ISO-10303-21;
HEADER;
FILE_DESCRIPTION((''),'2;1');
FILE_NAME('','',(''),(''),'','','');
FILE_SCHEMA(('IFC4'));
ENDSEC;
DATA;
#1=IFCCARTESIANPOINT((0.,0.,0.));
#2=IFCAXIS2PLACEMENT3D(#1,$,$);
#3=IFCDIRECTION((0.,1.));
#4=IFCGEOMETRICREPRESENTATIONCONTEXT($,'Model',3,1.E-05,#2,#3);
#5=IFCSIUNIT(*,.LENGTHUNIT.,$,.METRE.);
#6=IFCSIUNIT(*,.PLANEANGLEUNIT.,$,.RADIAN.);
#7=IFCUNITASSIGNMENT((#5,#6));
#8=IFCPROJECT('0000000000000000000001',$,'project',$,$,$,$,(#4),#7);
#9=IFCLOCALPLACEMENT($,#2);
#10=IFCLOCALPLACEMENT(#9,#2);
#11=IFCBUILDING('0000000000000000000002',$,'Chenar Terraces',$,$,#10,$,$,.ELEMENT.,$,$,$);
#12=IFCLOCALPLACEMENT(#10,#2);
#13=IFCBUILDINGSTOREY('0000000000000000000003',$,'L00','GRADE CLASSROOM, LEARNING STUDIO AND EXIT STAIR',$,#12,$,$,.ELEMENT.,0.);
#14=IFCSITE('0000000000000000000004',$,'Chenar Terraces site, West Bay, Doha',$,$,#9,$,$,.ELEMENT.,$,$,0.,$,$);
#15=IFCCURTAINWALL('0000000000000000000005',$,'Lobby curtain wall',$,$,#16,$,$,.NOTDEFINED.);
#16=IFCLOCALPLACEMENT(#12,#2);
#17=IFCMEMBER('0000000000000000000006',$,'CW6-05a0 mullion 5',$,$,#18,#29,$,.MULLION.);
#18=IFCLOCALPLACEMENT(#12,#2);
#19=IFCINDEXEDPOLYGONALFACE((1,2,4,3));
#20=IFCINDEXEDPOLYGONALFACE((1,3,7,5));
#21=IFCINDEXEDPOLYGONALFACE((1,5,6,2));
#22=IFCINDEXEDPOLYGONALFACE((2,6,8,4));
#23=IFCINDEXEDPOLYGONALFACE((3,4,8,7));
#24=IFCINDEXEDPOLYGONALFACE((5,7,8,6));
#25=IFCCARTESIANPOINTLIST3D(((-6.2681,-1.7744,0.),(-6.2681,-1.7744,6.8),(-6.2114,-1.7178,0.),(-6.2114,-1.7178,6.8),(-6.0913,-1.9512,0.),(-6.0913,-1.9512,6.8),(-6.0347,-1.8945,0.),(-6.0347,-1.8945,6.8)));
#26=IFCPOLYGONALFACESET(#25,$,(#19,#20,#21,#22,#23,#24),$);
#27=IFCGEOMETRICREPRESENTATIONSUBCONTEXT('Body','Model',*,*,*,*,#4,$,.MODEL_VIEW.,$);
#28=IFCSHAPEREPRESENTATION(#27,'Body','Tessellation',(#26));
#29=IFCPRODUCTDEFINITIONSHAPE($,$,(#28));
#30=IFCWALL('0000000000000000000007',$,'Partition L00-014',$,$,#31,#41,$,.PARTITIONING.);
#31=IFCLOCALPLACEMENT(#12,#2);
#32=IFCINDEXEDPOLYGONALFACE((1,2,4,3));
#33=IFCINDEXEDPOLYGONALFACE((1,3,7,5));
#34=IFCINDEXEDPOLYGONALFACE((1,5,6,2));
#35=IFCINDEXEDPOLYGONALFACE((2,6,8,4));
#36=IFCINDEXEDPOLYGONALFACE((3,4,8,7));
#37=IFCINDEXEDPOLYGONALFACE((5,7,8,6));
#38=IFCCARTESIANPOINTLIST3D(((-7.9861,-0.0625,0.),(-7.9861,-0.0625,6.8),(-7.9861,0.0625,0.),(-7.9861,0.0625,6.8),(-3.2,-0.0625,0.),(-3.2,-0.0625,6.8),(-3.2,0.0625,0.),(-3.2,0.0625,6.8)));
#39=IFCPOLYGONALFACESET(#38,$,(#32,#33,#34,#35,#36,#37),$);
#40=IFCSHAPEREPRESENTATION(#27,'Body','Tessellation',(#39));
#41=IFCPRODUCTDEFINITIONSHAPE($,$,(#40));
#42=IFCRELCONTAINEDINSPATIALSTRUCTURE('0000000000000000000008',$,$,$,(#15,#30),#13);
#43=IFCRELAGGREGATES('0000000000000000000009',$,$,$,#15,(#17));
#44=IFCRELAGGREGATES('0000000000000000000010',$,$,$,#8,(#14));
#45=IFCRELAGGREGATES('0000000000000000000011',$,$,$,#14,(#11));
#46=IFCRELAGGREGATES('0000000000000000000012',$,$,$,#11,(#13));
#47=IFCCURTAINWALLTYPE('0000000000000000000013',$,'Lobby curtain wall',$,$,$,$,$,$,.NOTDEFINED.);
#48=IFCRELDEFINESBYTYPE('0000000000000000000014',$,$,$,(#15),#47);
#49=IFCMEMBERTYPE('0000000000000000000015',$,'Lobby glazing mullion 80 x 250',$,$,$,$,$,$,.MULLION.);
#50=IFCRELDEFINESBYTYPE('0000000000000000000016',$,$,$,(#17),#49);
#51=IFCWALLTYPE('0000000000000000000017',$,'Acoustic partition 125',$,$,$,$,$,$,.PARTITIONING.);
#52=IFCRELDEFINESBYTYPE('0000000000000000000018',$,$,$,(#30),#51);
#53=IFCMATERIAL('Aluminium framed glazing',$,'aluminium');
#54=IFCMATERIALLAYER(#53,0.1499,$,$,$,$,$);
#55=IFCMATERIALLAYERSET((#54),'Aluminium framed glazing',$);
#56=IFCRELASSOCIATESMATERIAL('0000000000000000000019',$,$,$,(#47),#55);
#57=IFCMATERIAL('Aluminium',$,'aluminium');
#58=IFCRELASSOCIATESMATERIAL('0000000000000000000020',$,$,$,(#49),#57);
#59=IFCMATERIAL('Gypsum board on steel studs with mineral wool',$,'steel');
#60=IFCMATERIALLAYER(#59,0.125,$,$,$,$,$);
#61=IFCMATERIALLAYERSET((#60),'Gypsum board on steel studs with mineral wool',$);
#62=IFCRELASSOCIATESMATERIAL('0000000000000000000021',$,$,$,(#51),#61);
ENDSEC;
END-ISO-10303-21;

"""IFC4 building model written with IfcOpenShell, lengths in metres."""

from ifc_helpers import new_model, si_unit, direction, frame, frame_2d, origin, origin_2d, place, context, subcontext, project, spatial, rectangle, extrude, material, layer, layer_set, material_profile, profile_set, type_object, element, aggregate, save


model = new_model("IFC4")

# Units and contexts
model_context = context("Model", 3, precision=1e-05, world=origin(), true_north=direction((0.0, 1.0)))
body_context = subcontext(model_context, "Body", "Model", "MODEL_VIEW")
ifc_project = project(units=[si_unit("LENGTHUNIT", "METRE"), si_unit("PLANEANGLEUNIT", "RADIAN")], contexts=[model_context])

# Site, building, storey
site_placement = place(None, origin())
site = spatial("IfcSite", under=ifc_project, at=site_placement, Name="Chenar Terraces site, West Bay, Doha", CompositionType="ELEMENT", RefElevation=0.0)
building_placement = place(site_placement, origin())
building = spatial("IfcBuilding", under=site, at=building_placement, Name="Chenar Terraces", CompositionType="ELEMENT")
storey_placement = place(building_placement, origin())
storey = spatial("IfcBuildingStorey", under=building, at=storey_placement, Name="L00", Description="GRADE CLASSROOM, LEARNING STUDIO AND EXIT STAIR", CompositionType="ELEMENT", Elevation=0.0)

# Curtain wall, member
ifc_material_1 = material(Name="Aluminium framed glazing", Category="aluminium")
ifc_layer_1 = layer(ifc_material_1, 0.1499)
ifc_layer_set_1 = layer_set([ifc_layer_1], Name="Aluminium framed glazing")
curtain_wall_type = type_object("IfcCurtainWallType", Name="Lobby curtain wall", PredefinedType="NOTDEFINED", material=ifc_layer_set_1)
curtain_wall_placement = place(storey_placement, origin())
curtain_wall = element("IfcCurtainWall", 1, at=curtain_wall_placement, inside=storey, type_object=curtain_wall_type, Name="Lobby curtain wall", PredefinedType="NOTDEFINED")
ifc_material_2 = material(Name="Aluminium", Category="aluminium")
ifc_material_profile = material_profile(ifc_material_2, rectangle(XDim=0.0801, YDim=0.25, at=origin_2d()), Name="Lobby glazing mullion 80 x 250")
ifc_profile_set = profile_set([ifc_material_profile], Name="Aluminium")
member_type = type_object("IfcMemberType", Name="Lobby glazing mullion 80 x 250", PredefinedType="MULLION", material=ifc_profile_set)
member_placement = place(storey_placement, frame((-6.1514, -1.8345, 0.0), z_axis=(0.0, 0.0, 1.0), x_axis=(0.707107, 0.707107, 0.0)))
member = element("IfcMember", 2, at=member_placement, type_object=member_type, Name="CW6-05a0 mullion 5", PredefinedType="MULLION", context=body_context, shape_type="SweptSolid", body=[
    extrude(rectangle(XDim=0.0801, YDim=0.25, at=origin_2d()), origin(), (0.0, 0.0, 1.0), 6.8),
])
aggregate(curtain_wall, [member])

# Wall
ifc_material_3 = material(Name="Gypsum board on steel studs with mineral wool", Category="steel")
ifc_layer_2 = layer(ifc_material_3, 0.125)
ifc_layer_set_2 = layer_set([ifc_layer_2], Name="Gypsum board on steel studs with mineral wool")
wall_type = type_object("IfcWallType", Name="Acoustic partition 125", PredefinedType="PARTITIONING", material=ifc_layer_set_2)
wall_placement = place(storey_placement, frame((-7.9861, 0.0, 0.0), z_axis=(0.0, 0.0, 1.0), x_axis=(1.0, 0.0, 0.0)))
element("IfcWall", 3, at=wall_placement, inside=storey, type_object=wall_type, Name="Partition L00-014", PredefinedType="PARTITIONING", context=body_context, shape_type="SweptSolid", body=[
    extrude(rectangle(XDim=4.7861, YDim=0.125, at=frame_2d((2.3931, 0.0))), origin(), (0.0, 0.0, 1.0), 6.8),
])

save(model, "model.ifc")
